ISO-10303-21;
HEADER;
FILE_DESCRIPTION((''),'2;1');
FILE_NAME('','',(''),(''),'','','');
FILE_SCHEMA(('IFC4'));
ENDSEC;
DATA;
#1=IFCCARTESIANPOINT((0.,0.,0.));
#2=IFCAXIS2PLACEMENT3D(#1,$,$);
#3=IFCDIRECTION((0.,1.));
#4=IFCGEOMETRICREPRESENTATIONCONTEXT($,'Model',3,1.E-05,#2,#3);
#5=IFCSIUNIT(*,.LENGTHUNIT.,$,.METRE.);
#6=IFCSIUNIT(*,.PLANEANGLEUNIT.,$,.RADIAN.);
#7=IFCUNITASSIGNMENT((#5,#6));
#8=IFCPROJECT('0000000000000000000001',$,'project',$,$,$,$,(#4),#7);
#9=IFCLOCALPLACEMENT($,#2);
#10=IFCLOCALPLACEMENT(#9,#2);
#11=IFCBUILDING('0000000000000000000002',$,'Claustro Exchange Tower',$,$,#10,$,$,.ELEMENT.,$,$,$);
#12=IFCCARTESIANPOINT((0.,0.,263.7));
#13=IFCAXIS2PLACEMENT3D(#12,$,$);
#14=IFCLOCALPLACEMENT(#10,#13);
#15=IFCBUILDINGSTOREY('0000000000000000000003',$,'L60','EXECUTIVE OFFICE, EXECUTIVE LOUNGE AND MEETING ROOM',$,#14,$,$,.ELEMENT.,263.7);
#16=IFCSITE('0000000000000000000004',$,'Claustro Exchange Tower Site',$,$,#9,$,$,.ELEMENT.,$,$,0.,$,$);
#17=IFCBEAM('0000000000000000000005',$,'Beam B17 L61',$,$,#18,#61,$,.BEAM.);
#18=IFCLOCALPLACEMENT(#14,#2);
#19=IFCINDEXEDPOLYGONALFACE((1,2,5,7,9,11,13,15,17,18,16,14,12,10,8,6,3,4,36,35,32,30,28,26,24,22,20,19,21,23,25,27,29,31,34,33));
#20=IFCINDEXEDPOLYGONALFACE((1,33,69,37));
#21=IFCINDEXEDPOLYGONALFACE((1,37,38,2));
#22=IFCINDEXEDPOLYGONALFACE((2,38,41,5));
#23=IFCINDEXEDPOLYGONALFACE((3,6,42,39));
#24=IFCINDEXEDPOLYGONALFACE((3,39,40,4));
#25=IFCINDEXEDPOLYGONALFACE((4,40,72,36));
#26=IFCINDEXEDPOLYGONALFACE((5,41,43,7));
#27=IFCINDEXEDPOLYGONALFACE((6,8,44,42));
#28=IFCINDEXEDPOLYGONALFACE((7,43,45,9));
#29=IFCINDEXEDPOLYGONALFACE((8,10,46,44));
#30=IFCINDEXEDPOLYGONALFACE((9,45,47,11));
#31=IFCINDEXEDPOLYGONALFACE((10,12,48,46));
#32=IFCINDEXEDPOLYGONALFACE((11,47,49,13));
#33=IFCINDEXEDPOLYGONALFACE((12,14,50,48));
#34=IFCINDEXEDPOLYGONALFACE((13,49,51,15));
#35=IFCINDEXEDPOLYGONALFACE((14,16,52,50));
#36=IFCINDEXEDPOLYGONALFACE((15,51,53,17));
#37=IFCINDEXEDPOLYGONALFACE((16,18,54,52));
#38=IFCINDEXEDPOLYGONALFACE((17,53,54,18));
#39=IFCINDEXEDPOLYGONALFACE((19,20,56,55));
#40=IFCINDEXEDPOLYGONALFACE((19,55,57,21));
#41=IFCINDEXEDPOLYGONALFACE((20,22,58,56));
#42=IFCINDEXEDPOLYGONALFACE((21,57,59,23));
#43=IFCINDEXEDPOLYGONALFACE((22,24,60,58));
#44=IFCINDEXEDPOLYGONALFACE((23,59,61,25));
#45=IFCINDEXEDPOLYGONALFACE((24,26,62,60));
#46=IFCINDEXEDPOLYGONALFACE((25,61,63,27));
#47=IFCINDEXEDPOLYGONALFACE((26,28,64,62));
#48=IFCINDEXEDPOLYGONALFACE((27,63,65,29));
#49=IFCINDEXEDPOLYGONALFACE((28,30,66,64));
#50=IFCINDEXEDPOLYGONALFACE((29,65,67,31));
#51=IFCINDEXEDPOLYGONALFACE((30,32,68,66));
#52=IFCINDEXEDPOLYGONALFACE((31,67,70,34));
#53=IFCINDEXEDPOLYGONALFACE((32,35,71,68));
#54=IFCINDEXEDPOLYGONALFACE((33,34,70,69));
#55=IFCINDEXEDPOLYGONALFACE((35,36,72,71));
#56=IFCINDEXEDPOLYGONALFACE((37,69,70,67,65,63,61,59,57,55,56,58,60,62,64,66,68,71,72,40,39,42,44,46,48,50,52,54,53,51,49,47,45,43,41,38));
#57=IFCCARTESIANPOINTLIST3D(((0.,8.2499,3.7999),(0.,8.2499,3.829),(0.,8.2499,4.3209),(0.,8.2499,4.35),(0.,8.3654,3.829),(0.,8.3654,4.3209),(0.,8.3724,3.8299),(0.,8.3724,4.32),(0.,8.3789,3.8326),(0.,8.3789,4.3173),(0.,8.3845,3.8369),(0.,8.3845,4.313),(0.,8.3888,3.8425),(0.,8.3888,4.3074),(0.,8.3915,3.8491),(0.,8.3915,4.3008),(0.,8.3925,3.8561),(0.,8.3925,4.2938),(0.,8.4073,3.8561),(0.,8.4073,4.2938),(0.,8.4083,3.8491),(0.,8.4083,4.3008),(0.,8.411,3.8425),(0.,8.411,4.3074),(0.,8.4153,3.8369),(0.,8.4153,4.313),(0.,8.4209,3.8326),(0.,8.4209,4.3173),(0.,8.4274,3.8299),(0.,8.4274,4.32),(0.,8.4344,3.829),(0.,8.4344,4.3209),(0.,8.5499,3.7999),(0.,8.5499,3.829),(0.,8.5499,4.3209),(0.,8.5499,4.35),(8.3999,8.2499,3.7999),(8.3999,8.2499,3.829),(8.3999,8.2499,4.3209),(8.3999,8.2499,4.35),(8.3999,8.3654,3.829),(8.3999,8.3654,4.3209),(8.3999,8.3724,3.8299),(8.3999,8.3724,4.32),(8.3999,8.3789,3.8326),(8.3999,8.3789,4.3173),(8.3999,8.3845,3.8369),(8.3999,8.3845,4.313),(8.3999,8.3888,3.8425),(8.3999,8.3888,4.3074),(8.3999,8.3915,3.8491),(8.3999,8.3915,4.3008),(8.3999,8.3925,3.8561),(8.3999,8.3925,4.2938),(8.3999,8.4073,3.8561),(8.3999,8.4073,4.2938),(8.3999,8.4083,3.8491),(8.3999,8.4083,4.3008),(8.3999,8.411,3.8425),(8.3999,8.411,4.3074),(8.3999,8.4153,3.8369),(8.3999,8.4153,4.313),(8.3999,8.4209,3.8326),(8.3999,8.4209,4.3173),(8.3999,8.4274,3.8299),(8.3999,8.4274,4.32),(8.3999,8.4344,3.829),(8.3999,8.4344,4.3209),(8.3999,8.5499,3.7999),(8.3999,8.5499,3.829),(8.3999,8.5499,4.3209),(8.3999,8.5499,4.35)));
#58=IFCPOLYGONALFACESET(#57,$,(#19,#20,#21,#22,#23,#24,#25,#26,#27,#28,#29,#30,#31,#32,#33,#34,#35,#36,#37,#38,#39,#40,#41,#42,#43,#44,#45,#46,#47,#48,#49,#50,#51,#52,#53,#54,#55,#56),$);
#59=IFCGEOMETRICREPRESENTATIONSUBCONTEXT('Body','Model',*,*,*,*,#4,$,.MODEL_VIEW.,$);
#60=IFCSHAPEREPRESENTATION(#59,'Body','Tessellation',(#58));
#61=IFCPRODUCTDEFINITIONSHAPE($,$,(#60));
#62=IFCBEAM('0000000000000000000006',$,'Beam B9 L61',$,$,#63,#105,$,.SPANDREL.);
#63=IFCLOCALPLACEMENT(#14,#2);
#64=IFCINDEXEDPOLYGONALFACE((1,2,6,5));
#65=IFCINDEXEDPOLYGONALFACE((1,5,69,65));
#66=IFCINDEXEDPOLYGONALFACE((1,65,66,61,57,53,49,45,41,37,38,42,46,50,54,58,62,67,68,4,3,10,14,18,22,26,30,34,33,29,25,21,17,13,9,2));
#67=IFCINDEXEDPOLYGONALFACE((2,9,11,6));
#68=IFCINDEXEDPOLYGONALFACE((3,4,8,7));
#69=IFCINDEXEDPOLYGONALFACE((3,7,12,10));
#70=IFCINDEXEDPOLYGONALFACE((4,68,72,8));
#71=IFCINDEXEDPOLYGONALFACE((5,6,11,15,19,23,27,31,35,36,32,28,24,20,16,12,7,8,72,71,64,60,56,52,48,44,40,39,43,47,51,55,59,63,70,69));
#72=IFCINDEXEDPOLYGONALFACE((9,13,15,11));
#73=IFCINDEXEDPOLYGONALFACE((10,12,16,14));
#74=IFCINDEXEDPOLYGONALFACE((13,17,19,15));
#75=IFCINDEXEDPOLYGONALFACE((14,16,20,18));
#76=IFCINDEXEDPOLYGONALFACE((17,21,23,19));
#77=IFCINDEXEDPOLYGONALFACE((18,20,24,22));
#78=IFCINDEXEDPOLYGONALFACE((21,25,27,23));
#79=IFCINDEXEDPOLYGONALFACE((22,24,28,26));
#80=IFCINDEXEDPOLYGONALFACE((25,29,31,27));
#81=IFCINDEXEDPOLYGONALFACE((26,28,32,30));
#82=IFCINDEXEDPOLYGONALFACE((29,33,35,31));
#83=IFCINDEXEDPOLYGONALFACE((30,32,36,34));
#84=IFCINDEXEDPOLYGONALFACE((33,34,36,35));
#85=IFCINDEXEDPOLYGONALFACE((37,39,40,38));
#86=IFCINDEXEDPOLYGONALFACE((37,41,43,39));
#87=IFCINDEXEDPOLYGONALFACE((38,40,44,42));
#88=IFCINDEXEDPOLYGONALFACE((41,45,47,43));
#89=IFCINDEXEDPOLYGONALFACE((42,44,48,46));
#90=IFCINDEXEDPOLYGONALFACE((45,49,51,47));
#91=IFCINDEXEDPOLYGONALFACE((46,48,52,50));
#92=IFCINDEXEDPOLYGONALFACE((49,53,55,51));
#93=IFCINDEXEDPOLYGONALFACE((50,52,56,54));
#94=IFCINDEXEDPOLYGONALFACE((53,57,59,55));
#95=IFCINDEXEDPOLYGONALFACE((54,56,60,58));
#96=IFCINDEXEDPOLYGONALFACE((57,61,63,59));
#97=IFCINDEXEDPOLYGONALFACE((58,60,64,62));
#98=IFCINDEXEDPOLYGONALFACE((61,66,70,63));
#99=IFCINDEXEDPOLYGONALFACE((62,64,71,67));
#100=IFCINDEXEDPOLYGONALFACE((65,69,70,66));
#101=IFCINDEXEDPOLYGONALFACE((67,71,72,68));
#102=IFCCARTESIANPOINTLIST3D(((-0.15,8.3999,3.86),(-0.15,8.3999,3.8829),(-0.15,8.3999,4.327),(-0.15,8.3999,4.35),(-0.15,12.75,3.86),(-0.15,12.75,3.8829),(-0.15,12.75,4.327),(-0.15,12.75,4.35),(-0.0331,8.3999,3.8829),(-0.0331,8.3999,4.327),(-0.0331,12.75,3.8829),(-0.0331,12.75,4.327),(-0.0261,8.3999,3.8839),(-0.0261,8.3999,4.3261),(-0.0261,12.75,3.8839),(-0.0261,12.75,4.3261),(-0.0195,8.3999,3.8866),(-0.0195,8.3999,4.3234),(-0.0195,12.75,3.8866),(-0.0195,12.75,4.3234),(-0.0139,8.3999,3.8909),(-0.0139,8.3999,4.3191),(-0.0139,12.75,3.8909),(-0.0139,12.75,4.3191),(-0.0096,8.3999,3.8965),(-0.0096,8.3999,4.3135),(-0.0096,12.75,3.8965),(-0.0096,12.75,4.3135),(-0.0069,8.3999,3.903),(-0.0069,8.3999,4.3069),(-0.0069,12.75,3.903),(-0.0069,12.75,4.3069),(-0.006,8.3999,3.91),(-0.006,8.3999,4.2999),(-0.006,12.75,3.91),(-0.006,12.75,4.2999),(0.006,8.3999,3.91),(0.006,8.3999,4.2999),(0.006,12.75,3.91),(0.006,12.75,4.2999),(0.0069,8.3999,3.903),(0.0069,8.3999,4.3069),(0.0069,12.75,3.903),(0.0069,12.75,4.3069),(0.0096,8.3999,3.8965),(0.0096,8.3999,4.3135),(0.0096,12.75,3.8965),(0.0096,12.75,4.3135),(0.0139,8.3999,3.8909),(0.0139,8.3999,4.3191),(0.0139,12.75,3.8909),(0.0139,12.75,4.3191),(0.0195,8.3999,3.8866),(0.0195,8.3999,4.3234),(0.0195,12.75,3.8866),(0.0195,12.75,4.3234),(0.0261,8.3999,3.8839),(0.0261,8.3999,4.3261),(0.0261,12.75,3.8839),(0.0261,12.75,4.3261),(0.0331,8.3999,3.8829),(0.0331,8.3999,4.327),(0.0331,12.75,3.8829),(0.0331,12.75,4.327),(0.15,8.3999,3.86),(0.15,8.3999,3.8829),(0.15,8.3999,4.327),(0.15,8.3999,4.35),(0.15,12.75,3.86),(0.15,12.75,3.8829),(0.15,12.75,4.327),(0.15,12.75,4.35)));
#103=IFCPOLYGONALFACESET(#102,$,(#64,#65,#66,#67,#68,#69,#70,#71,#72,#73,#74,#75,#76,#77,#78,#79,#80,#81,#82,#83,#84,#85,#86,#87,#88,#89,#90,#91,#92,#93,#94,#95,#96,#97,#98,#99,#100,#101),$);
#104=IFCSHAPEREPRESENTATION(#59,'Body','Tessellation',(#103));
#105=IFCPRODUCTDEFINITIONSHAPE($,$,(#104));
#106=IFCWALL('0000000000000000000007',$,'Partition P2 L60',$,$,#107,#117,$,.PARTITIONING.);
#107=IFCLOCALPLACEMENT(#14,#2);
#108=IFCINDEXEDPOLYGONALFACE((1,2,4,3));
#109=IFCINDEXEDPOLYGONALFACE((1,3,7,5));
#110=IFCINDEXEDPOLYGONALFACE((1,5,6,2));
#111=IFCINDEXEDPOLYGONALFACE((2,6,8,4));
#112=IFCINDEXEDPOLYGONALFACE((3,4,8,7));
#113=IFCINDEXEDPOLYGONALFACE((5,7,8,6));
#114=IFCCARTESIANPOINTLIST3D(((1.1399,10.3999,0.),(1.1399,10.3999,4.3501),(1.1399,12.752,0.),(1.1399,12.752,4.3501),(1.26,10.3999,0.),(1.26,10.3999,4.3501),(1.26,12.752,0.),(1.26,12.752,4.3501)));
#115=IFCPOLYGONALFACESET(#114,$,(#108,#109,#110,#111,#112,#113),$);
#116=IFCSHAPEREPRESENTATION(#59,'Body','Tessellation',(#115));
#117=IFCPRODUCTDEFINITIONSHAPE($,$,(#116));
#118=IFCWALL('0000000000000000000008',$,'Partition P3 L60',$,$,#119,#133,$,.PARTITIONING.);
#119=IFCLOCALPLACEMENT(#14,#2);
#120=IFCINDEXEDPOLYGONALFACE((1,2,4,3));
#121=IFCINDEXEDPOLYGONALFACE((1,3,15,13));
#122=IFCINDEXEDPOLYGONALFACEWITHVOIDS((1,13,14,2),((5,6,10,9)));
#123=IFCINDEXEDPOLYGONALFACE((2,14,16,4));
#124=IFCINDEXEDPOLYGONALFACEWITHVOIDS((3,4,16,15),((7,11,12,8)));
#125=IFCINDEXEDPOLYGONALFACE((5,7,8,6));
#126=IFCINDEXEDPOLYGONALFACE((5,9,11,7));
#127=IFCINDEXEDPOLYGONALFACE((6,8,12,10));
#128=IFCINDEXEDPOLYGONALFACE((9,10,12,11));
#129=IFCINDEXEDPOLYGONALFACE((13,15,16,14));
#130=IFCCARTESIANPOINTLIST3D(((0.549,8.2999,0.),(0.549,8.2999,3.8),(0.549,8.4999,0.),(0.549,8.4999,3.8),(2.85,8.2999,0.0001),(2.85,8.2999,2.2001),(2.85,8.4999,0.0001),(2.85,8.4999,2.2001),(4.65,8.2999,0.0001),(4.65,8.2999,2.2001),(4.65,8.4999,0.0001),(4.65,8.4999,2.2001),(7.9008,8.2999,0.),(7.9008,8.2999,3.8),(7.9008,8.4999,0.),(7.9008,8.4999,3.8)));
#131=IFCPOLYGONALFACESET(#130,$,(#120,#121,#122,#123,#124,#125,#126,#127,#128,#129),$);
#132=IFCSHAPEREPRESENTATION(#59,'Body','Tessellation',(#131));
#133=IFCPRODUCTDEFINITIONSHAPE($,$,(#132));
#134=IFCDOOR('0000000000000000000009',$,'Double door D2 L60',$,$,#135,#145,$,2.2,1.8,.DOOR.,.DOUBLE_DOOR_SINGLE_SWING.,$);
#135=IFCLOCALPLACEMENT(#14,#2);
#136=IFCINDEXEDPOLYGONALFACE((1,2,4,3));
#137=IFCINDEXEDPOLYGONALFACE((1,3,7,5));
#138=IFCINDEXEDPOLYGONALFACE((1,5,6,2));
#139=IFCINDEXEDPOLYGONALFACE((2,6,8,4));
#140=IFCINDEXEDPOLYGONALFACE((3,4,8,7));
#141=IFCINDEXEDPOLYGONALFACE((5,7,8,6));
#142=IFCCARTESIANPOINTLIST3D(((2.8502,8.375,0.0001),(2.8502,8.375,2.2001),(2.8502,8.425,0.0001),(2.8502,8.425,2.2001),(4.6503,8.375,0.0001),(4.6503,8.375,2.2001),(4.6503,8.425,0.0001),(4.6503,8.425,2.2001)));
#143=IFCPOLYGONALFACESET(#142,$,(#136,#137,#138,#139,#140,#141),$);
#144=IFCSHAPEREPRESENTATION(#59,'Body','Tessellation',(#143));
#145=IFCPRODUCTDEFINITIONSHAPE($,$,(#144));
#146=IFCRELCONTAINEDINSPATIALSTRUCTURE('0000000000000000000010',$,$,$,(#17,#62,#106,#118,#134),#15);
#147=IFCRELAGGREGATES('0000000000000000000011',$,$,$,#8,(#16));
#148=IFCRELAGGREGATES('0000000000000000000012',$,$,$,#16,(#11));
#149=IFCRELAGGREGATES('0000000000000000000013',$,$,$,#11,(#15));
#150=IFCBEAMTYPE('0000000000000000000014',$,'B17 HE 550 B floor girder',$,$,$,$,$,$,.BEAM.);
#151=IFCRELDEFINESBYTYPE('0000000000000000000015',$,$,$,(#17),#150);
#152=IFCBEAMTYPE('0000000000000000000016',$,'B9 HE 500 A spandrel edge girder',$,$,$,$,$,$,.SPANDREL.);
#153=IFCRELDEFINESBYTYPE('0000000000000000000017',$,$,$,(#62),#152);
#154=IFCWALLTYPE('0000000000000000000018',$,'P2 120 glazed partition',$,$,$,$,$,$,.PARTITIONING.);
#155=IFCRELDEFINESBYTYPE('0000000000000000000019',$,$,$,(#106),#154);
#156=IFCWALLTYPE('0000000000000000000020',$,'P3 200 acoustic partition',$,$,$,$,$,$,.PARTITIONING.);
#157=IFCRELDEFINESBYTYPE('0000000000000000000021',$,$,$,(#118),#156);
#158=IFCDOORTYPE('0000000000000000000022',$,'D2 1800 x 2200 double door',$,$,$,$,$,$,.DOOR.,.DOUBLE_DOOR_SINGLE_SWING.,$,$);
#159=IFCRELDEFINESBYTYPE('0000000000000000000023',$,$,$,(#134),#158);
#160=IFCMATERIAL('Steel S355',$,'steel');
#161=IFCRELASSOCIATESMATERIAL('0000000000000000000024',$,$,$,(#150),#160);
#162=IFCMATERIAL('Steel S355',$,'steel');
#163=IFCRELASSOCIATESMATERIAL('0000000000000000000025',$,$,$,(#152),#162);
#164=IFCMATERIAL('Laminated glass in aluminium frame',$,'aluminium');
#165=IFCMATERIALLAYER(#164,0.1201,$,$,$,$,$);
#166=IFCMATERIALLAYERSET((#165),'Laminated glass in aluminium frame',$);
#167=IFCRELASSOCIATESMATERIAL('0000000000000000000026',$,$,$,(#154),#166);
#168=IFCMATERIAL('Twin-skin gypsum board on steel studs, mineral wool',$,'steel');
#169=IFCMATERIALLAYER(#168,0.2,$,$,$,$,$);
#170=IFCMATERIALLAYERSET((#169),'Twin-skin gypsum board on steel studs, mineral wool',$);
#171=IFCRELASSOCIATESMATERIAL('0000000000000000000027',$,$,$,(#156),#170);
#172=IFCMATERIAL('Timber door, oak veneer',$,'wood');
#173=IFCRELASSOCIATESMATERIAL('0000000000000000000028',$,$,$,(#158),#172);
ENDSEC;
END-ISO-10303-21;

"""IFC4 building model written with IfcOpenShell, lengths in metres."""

from ifc_helpers import new_model, si_unit, direction, frame, frame_2d, origin, origin_2d, place, context, subcontext, project, spatial, rectangle, i_section, extrude, material, layer, layer_set, material_profile, profile_set, type_object, element, fill, save


model = new_model("IFC4")

# Units and contexts
model_context = context("Model", 3, precision=1e-05, world=origin(), true_north=direction((0.0, 1.0)))
body_context = subcontext(model_context, "Body", "Model", "MODEL_VIEW")
ifc_project = project(units=[si_unit("LENGTHUNIT", "METRE"), si_unit("PLANEANGLEUNIT", "RADIAN")], contexts=[model_context])

# Site, building, storey
site_placement = place(None, origin())
site = spatial("IfcSite", under=ifc_project, at=site_placement, Name="Claustro Exchange Tower Site", CompositionType="ELEMENT", RefElevation=0.0)
building_placement = place(site_placement, origin())
building = spatial("IfcBuilding", under=site, at=building_placement, Name="Claustro Exchange Tower", CompositionType="ELEMENT")
storey_placement = place(building_placement, frame((0.0, 0.0, 263.7)))
storey = spatial("IfcBuildingStorey", under=building, at=storey_placement, Name="L60", Description="EXECUTIVE OFFICE, EXECUTIVE LOUNGE AND MEETING ROOM", CompositionType="ELEMENT", Elevation=263.7)

# Beams
ifc_material_1 = material(Name="Steel S355", Category="steel")
ifc_material_profile_1 = material_profile(ifc_material_1, i_section(OverallWidth=0.3, OverallDepth=0.55, WebThickness=0.0149, FlangeThickness=0.0291, FilletRadius=0.0271, at=origin_2d()), Name="HE 550 B")
ifc_profile_set_1 = profile_set([ifc_material_profile_1], Name="Steel S355")
beam_type_1 = type_object("IfcBeamType", Name="B17 HE 550 B floor girder", PredefinedType="BEAM", material=ifc_profile_set_1)
beam_1_placement = place(storey_placement, frame((0.0, 8.3999, 4.075), z_axis=(1.0, 0.0, 0.0), x_axis=(0.0, 1.0, 0.0)))
element("IfcBeam", 1, at=beam_1_placement, inside=storey, type_object=beam_type_1, Name="Beam B17 L61", PredefinedType="BEAM", context=body_context, shape_type="SweptSolid", body=[
    extrude(i_section(OverallWidth=0.3, OverallDepth=0.55, WebThickness=0.0149, FlangeThickness=0.0291, FilletRadius=0.0271, at=origin_2d()), origin(), (0.0, 0.0, 1.0), 8.3999),
])
ifc_material_2 = material(Name="Steel S355", Category="steel")
ifc_material_profile_2 = material_profile(ifc_material_2, i_section(OverallWidth=0.3, OverallDepth=0.49, WebThickness=0.012, FlangeThickness=0.0229, FilletRadius=0.0271, at=origin_2d()), Name="HE 500 A")
ifc_profile_set_2 = profile_set([ifc_material_profile_2], Name="Steel S355")
beam_type_2 = type_object("IfcBeamType", Name="B9 HE 500 A spandrel edge girder", PredefinedType="SPANDREL", material=ifc_profile_set_2)
beam_2_placement = place(storey_placement, frame((0.0, 8.3999, 4.105), z_axis=(0.0, 1.0, 0.0), x_axis=(-1.0, 0.0, 0.0)))
element("IfcBeam", 2, at=beam_2_placement, inside=storey, type_object=beam_type_2, Name="Beam B9 L61", PredefinedType="SPANDREL", context=body_context, shape_type="SweptSolid", body=[
    extrude(i_section(OverallWidth=0.3, OverallDepth=0.49, WebThickness=0.012, FlangeThickness=0.0229, FilletRadius=0.0271, at=origin_2d()), origin(), (0.0, 0.0, 1.0), 4.3501),
])

# Wall
ifc_material_3 = material(Name="Laminated glass in aluminium frame", Category="aluminium")
ifc_layer_1 = layer(ifc_material_3, 0.1201)
ifc_layer_set_1 = layer_set([ifc_layer_1], Name="Laminated glass in aluminium frame")
wall_type_1 = type_object("IfcWallType", Name="P2 120 glazed partition", PredefinedType="PARTITIONING", material=ifc_layer_set_1)
wall_1_placement = place(storey_placement, frame((1.2, 10.3999, 0.0), z_axis=(0.0, 0.0, 1.0), x_axis=(0.0, 1.0, 0.0)))
element("IfcWall", 3, at=wall_1_placement, inside=storey, type_object=wall_type_1, Name="Partition P2 L60", PredefinedType="PARTITIONING", context=body_context, shape_type="SweptSolid", body=[
    extrude(rectangle(XDim=2.3521, YDim=0.1201, at=frame_2d((1.176, 0.0))), origin(), (0.0, 0.0, 1.0), 4.3501),
])

# Wall, opening, door
ifc_material_4 = material(Name="Twin-skin gypsum board on steel studs, mineral wool", Category="steel")
ifc_layer_2 = layer(ifc_material_4, 0.2)
ifc_layer_set_2 = layer_set([ifc_layer_2], Name="Twin-skin gypsum board on steel studs, mineral wool")
wall_type_2 = type_object("IfcWallType", Name="P3 200 acoustic partition", PredefinedType="PARTITIONING", material=ifc_layer_set_2)
wall_2_placement = place(storey_placement, frame((0.5491, 8.3999, 0.0), z_axis=(0.0, 0.0, 1.0), x_axis=(1.0, 0.0, 0.0)))
wall_2 = element("IfcWall", 4, at=wall_2_placement, inside=storey, type_object=wall_type_2, Name="Partition P3 L60", PredefinedType="PARTITIONING", context=body_context, shape_type="SweptSolid", body=[
    extrude(rectangle(XDim=7.3518, YDim=0.2, at=frame_2d((3.6758, 0.0))), origin(), (0.0, 0.0, 1.0), 3.8),
])
opening_1_placement = place(wall_2_placement, frame((2.301, 0.0, 0.0)))
opening_1 = element("IfcOpeningElement", 5, at=opening_1_placement, cuts=wall_2, PredefinedType="OPENING", context=body_context, shape_type="SweptSolid", body=[
    extrude(rectangle(XDim=1.8, YDim=2.2, at=frame_2d((0.8999, 1.1001))), frame((0.0, 0.1099, 0.0), z_axis=(0.0, -1.0, 0.0), x_axis=(1.0, 0.0, 0.0)), (0.0, 0.0, 1.0), 0.22),
])
ifc_material_5 = material(Name="Timber door, oak veneer", Category="wood")
door_type_1 = type_object("IfcDoorType", Name="D2 1800 x 2200 double door", OperationType="DOUBLE_DOOR_SINGLE_SWING", PredefinedType="DOOR", material=ifc_material_5)
door_1_placement = place(opening_1_placement, frame((1.8, 0.0, 0.0), z_axis=(0.0, 0.0, 1.0), x_axis=(-1.0, 0.0, 0.0)))
door_1 = element("IfcDoor", 6, at=door_1_placement, inside=storey, type_object=door_type_1, Name="Double door D2 L60", OperationType="DOUBLE_DOOR_SINGLE_SWING", OverallHeight=2.2, OverallWidth=1.8, PredefinedType="DOOR", context=body_context, shape_type="SweptSolid", body=[
    extrude(rectangle(XDim=1.8, YDim=2.2, at=frame_2d((0.8999, 1.1001))), frame((0.0, 0.0249, 0.0), z_axis=(0.0, -1.0, 0.0), x_axis=(1.0, 0.0, 0.0)), (0.0, 0.0, 1.0), 0.05),
])
fill(opening_1, door_1)

save(model, "model.ifc")
